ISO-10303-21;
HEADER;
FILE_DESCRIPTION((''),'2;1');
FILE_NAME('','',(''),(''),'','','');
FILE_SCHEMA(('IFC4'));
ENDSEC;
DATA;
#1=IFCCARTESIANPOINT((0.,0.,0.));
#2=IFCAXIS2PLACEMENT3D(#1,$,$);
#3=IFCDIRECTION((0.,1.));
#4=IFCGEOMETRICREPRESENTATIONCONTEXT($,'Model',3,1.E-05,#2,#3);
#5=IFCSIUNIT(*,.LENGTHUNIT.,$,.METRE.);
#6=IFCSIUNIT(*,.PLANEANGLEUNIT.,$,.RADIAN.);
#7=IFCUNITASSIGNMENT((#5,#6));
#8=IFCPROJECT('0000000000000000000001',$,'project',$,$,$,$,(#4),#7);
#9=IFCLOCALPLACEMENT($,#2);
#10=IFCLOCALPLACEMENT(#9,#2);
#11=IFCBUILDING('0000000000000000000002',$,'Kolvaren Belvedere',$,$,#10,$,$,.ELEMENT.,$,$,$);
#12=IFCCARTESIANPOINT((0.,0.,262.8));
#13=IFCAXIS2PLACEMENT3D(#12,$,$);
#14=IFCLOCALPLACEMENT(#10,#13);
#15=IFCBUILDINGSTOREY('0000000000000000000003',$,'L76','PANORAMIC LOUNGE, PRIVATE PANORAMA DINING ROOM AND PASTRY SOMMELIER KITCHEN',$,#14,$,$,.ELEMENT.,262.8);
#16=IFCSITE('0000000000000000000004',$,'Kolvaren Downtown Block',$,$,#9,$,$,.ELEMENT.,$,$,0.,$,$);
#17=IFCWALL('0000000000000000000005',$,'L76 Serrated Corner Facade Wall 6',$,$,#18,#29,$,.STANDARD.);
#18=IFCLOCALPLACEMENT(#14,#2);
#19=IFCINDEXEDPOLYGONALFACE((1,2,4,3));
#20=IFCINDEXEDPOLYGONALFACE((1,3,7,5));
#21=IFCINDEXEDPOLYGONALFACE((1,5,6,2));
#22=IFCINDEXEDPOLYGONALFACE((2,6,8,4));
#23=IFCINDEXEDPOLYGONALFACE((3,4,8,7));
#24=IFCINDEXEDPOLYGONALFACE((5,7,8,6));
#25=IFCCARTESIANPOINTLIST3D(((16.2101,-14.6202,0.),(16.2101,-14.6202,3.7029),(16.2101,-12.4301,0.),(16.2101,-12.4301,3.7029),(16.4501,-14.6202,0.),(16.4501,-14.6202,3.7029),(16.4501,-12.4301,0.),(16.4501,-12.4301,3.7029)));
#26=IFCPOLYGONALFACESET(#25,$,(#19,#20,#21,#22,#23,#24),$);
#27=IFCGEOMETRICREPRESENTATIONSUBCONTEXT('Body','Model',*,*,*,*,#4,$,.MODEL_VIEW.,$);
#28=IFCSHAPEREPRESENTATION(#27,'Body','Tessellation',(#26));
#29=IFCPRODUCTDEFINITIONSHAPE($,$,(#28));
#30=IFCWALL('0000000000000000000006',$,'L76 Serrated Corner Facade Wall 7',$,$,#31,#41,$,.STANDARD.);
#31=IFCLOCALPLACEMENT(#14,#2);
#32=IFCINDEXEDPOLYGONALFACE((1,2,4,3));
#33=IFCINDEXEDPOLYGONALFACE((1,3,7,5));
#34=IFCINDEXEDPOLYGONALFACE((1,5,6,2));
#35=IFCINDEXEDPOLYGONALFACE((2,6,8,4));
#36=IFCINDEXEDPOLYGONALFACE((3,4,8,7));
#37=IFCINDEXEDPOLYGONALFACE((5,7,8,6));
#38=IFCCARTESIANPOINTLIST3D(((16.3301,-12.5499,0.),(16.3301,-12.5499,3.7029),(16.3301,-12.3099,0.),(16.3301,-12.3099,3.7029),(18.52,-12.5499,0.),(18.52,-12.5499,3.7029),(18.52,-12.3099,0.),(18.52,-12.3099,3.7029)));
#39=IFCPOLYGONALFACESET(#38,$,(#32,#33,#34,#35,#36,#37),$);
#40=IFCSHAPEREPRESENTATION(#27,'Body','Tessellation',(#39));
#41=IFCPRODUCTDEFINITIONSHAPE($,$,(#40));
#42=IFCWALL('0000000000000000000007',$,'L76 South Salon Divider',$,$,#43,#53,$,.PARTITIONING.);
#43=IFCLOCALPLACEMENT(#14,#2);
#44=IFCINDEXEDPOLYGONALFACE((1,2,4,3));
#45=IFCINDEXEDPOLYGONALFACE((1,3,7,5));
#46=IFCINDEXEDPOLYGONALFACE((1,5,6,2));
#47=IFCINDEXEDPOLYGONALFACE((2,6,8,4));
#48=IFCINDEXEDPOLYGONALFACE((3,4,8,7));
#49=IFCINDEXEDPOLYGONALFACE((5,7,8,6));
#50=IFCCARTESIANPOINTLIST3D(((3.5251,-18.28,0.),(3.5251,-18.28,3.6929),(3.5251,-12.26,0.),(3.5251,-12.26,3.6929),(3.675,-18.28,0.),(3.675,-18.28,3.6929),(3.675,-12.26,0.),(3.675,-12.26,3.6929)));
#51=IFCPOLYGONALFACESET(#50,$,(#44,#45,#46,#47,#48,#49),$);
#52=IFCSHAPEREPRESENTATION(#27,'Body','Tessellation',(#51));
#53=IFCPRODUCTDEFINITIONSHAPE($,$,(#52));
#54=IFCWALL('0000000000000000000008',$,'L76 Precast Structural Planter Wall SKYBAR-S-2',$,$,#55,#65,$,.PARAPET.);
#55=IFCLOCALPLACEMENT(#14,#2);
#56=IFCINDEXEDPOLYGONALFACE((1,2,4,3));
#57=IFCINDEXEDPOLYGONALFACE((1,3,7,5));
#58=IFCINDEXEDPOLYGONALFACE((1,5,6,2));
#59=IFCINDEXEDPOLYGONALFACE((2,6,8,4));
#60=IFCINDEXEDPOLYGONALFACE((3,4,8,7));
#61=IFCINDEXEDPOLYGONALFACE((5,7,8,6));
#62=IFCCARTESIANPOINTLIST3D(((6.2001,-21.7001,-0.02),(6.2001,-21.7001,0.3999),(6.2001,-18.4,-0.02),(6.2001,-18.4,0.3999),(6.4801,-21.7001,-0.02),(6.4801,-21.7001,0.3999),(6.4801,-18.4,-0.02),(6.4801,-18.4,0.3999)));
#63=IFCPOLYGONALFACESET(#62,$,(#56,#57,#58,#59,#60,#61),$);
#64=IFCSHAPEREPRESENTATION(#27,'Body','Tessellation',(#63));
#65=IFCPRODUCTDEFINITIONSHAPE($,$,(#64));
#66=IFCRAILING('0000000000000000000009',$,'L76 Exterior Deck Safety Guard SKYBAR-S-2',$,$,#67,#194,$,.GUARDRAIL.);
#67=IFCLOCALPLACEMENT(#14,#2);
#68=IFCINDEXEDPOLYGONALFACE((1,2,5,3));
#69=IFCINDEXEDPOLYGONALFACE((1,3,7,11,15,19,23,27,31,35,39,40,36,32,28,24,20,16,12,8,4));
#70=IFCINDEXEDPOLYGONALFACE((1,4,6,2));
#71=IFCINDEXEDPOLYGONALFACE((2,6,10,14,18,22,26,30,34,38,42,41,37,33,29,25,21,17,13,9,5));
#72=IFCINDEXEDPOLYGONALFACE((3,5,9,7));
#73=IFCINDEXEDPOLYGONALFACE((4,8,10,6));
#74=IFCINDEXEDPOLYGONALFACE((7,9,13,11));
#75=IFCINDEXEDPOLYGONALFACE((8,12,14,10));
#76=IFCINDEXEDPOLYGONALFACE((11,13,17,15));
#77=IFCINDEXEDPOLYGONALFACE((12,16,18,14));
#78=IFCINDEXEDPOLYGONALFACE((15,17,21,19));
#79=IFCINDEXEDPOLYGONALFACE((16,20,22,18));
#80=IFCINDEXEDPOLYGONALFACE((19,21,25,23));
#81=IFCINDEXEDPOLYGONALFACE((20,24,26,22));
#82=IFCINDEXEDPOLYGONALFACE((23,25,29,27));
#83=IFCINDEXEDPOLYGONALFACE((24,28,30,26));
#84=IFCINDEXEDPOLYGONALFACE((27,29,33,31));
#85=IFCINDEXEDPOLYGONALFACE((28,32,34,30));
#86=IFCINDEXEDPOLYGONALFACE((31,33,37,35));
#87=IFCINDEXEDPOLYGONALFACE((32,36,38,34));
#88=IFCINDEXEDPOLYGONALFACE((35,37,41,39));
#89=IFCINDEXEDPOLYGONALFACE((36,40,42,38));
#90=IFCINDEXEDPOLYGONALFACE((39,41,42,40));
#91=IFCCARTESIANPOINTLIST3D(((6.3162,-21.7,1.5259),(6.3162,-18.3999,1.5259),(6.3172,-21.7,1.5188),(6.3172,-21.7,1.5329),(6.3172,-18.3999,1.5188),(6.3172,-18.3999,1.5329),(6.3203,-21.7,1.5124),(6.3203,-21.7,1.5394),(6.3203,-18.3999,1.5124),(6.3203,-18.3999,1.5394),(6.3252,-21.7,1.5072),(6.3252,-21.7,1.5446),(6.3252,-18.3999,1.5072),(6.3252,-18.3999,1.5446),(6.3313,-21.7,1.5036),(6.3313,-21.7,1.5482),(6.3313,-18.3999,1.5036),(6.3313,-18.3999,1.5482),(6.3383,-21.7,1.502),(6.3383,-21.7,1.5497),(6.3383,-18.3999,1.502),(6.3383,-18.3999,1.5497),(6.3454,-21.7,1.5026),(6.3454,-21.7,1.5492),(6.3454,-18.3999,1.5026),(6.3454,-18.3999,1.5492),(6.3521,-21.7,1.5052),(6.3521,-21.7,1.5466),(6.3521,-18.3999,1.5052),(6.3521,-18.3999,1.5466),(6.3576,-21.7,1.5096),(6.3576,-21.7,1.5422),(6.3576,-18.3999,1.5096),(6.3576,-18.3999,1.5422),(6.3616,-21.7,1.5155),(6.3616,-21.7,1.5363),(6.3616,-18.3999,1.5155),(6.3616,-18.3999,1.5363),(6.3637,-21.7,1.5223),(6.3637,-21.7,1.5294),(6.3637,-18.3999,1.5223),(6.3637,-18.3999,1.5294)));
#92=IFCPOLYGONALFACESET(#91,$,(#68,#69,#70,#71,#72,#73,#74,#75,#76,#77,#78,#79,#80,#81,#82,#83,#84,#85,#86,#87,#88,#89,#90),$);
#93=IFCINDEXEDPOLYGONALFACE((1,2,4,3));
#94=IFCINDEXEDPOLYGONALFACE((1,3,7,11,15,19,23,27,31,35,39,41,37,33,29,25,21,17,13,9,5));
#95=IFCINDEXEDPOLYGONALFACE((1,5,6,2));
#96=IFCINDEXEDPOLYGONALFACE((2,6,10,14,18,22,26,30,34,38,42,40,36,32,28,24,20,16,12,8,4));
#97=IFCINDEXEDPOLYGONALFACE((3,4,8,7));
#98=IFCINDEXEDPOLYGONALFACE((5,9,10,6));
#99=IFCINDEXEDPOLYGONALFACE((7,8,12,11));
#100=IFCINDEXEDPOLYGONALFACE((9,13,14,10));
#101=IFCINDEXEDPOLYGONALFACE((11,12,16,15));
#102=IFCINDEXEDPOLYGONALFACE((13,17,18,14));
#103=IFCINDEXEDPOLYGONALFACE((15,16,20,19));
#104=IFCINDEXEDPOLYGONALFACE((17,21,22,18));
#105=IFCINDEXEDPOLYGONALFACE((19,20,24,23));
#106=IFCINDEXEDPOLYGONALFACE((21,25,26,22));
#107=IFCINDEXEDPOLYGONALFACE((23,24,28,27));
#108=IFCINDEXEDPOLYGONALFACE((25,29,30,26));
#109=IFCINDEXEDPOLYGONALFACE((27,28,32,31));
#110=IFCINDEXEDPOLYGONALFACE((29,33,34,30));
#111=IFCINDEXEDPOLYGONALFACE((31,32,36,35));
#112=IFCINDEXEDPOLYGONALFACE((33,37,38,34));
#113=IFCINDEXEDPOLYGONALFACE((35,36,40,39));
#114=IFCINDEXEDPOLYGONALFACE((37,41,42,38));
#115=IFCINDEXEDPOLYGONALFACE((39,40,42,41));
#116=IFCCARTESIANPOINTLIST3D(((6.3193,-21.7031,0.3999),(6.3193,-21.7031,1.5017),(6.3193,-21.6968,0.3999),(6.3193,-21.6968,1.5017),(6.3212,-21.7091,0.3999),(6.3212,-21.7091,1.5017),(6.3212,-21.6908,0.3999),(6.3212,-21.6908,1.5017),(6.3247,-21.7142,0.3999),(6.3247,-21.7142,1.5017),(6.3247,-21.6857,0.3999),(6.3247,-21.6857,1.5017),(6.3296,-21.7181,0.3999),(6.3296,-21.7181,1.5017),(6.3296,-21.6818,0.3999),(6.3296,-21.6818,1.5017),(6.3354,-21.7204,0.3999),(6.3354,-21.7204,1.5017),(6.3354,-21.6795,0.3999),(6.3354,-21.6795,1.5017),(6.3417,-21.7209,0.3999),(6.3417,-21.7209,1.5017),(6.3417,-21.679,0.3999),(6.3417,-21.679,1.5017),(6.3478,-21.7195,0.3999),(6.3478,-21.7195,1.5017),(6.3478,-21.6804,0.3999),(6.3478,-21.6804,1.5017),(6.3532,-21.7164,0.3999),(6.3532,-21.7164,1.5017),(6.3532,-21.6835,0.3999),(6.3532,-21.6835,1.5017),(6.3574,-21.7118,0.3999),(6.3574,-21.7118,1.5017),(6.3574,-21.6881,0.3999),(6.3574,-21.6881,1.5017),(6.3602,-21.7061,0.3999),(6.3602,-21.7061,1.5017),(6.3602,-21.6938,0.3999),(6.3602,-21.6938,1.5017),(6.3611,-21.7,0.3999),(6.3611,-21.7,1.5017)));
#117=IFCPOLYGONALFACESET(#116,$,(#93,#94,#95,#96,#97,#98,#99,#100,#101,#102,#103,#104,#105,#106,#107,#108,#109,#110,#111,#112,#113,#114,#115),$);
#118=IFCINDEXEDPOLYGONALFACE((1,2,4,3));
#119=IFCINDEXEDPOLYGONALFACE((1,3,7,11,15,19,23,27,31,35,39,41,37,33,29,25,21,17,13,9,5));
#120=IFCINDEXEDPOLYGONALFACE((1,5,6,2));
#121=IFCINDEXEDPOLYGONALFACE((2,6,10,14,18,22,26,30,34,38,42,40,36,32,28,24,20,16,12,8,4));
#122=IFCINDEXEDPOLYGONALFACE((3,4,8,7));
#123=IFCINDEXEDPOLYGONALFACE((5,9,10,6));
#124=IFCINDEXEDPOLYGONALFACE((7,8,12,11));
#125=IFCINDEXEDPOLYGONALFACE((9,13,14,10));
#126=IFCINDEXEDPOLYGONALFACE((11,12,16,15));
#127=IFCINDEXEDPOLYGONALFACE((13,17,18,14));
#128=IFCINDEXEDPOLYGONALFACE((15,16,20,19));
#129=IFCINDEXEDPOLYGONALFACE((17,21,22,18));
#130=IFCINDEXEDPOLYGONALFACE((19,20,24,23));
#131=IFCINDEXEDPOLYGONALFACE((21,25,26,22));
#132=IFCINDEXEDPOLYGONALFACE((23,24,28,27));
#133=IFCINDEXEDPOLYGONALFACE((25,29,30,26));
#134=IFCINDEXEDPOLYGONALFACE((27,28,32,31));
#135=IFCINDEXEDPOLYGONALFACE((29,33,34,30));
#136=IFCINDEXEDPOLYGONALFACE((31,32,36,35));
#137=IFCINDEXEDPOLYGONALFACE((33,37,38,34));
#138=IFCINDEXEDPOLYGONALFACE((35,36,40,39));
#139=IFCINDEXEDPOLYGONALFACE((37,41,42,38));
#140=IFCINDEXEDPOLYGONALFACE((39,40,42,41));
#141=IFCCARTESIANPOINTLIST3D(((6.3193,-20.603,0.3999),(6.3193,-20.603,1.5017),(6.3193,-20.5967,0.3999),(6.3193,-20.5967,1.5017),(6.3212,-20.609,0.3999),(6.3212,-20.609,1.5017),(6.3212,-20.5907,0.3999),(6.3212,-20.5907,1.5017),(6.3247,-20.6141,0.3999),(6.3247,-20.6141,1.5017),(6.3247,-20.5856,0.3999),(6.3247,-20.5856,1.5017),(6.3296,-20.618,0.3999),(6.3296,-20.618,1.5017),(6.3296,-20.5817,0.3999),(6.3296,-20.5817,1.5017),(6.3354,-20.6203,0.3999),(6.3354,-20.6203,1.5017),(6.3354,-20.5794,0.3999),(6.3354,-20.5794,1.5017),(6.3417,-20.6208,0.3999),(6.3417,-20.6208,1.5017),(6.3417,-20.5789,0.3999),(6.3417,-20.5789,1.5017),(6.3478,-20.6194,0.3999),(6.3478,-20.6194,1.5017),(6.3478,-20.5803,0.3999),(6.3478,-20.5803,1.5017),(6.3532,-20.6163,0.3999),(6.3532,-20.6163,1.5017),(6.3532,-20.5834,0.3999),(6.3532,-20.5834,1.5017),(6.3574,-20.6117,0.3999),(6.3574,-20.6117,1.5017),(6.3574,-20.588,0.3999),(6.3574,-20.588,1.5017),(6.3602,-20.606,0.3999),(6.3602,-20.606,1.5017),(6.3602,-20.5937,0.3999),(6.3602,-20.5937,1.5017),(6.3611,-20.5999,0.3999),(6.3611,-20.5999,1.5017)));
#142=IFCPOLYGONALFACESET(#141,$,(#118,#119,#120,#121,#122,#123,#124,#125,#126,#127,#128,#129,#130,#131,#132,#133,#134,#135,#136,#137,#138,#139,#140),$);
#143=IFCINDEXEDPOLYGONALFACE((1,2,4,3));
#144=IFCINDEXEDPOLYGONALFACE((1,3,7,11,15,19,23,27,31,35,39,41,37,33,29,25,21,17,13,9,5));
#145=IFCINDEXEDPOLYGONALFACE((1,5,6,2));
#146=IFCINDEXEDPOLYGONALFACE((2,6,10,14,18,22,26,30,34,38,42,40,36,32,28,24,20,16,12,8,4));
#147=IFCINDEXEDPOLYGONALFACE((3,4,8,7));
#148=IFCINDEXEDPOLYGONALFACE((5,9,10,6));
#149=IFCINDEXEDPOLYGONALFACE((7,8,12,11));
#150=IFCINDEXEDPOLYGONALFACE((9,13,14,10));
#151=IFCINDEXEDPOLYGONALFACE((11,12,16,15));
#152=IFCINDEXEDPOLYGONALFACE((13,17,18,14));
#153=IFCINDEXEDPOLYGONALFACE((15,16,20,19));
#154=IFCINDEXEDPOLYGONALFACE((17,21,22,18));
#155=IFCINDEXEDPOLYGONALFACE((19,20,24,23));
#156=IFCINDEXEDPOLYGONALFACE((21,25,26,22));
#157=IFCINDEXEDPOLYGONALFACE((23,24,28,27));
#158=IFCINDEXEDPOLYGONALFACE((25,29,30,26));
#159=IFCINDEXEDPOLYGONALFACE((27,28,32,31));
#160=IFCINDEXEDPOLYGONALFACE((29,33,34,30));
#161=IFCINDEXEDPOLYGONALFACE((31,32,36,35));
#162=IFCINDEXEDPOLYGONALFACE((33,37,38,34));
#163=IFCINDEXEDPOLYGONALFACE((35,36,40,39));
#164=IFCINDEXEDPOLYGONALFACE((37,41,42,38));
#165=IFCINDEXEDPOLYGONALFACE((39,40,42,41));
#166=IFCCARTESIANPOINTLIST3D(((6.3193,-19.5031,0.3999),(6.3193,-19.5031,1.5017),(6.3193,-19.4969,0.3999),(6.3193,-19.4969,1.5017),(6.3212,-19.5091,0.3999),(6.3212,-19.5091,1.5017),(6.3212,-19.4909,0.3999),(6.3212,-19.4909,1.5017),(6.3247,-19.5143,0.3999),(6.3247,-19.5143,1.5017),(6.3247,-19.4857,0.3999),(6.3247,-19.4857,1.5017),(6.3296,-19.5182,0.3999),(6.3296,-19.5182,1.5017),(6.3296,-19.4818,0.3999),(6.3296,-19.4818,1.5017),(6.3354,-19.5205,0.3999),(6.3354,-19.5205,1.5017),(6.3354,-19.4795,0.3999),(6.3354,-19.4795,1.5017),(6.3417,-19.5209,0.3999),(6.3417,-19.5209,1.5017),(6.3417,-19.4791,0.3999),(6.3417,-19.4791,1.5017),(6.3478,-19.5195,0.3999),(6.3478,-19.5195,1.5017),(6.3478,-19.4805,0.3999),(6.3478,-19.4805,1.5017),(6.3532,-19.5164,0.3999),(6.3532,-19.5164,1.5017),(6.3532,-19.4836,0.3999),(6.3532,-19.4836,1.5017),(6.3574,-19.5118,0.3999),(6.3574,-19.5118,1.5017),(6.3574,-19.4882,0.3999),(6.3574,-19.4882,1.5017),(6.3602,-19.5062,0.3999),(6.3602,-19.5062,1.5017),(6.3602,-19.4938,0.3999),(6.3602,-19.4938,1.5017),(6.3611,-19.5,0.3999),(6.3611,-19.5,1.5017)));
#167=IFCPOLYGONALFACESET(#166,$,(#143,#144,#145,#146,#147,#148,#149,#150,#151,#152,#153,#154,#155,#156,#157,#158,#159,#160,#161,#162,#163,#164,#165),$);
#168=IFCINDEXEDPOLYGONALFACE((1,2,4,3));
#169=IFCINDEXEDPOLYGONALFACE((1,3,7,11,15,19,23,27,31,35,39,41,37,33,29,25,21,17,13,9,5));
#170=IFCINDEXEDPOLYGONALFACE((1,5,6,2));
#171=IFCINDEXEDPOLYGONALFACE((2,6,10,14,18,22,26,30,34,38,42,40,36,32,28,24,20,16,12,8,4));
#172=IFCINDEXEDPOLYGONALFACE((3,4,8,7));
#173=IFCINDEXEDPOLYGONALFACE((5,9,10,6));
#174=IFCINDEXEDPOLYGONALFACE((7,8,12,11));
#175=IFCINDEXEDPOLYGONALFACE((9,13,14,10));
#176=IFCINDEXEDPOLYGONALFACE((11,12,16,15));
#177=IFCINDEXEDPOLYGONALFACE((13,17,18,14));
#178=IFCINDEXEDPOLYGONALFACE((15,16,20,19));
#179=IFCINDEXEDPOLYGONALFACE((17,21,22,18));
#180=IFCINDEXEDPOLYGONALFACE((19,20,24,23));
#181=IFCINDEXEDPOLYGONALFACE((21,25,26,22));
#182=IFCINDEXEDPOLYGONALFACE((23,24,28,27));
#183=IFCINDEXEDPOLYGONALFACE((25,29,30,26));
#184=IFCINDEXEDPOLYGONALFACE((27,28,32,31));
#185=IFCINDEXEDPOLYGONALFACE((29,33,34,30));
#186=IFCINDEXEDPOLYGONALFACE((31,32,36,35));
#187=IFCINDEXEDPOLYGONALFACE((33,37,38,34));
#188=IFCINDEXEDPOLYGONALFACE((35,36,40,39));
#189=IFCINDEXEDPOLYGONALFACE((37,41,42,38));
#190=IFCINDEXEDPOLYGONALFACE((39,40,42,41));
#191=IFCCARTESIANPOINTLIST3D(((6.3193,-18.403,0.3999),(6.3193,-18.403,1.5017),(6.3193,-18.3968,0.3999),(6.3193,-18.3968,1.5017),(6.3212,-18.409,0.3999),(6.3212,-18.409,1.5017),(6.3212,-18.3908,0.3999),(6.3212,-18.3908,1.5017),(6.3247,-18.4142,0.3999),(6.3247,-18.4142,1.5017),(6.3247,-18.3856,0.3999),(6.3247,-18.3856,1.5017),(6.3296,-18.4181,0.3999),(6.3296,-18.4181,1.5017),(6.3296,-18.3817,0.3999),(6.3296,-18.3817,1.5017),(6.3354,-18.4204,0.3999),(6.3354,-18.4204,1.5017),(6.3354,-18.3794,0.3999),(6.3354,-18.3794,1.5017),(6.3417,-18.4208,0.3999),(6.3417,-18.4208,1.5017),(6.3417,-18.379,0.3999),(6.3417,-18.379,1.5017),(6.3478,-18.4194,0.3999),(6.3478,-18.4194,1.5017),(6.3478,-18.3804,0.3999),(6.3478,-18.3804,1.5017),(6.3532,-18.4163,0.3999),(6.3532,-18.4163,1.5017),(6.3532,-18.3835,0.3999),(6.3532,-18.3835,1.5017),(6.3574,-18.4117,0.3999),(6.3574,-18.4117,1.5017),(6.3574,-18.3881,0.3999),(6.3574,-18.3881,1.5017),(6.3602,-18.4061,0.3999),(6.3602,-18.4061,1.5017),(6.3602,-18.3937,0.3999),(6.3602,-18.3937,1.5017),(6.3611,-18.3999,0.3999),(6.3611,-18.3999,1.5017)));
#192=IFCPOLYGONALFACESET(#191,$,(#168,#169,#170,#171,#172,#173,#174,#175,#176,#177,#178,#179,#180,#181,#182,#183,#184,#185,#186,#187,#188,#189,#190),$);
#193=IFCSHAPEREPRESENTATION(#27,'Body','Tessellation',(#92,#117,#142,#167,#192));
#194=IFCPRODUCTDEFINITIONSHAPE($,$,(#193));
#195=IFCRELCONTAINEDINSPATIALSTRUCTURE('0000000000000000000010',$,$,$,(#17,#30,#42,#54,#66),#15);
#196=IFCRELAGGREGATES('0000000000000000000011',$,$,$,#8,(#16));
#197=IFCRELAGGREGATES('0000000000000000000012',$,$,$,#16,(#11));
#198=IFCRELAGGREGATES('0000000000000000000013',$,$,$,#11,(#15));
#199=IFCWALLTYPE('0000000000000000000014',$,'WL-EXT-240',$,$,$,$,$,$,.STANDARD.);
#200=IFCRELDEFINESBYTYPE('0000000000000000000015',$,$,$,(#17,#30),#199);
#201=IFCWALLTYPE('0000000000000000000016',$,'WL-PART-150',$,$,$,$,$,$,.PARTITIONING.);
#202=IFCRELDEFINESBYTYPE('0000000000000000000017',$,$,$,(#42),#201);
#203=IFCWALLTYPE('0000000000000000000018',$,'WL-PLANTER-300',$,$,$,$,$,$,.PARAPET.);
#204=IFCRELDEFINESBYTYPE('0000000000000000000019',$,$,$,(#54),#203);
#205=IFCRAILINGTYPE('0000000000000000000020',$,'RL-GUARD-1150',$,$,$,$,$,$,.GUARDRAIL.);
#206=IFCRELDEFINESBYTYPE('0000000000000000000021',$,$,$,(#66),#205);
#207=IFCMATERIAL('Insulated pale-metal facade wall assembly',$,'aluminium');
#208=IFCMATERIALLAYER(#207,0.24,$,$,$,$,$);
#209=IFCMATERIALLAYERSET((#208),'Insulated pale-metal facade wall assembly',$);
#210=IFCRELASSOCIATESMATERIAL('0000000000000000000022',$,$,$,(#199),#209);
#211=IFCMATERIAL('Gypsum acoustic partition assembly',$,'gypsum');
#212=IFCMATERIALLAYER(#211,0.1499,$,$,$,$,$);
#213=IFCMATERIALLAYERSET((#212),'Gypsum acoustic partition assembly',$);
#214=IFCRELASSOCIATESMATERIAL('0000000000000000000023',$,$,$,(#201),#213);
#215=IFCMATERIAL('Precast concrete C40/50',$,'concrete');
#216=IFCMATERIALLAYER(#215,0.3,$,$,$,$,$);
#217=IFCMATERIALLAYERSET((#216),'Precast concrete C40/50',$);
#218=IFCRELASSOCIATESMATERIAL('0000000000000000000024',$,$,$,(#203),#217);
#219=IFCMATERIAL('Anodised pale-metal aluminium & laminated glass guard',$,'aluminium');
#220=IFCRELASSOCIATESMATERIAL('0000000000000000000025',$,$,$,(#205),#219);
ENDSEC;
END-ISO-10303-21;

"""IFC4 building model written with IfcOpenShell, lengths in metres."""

from ifc_helpers import new_model, si_unit, direction, frame, frame_2d, origin, origin_2d, place, context, subcontext, project, spatial, rectangle, circle, extrude, material, layer, layer_set, type_object, element, save


model = new_model("IFC4")

# Units and contexts
model_context = context("Model", 3, precision=1e-05, world=origin(), true_north=direction((0.0, 1.0)))
body_context = subcontext(model_context, "Body", "Model", "MODEL_VIEW")
ifc_project = project(units=[si_unit("LENGTHUNIT", "METRE"), si_unit("PLANEANGLEUNIT", "RADIAN")], contexts=[model_context])

# Site, building, storey
site_placement = place(None, origin())
site = spatial("IfcSite", under=ifc_project, at=site_placement, Name="Kolvaren Downtown Block", CompositionType="ELEMENT", RefElevation=0.0)
building_placement = place(site_placement, origin())
building = spatial("IfcBuilding", under=site, at=building_placement, Name="Kolvaren Belvedere", CompositionType="ELEMENT")
storey_placement = place(building_placement, frame((0.0, 0.0, 262.8)))
storey = spatial("IfcBuildingStorey", under=building, at=storey_placement, Name="L76", Description="PANORAMIC LOUNGE, PRIVATE PANORAMA DINING ROOM AND PASTRY SOMMELIER KITCHEN", CompositionType="ELEMENT", Elevation=262.8)

# Shared definitions
ifc_material_1 = material(Name="Insulated pale-metal facade wall assembly", Category="aluminium")
ifc_layer_1 = layer(ifc_material_1, 0.24)
ifc_layer_set_1 = layer_set([ifc_layer_1], Name="Insulated pale-metal facade wall assembly")
wall_type_1 = type_object("IfcWallType", Name="WL-EXT-240", PredefinedType="STANDARD", material=ifc_layer_set_1)

# Walls
for number, where, z_axis, x_axis, name in (
    (1, (16.3301, -12.4299, 0.0), (0.0, 0.0, 1.0), (0.0, -1.0, 0.0), "L76 Serrated Corner Facade Wall 6"),
):
    element("IfcWall", number, at=place(storey_placement, frame(where, z_axis=z_axis, x_axis=x_axis)), inside=storey, type_object=wall_type_1, Name=name, PredefinedType="STANDARD", context=body_context, shape_type="SweptSolid", body=[
        extrude(rectangle(XDim=2.1902, YDim=0.24, at=frame_2d((1.0952, 0.0))), origin(), (0.0, 0.0, 1.0), 3.7029),
    ])
wall_1_placement = place(storey_placement, frame((18.52, -12.4299, 0.0), z_axis=(0.0, 0.0, 1.0), x_axis=(-1.0, 0.0, 0.0)))
element("IfcWall", 2, at=wall_1_placement, inside=storey, type_object=wall_type_1, Name="L76 Serrated Corner Facade Wall 7", PredefinedType="STANDARD", context=body_context, shape_type="SweptSolid", body=[
    extrude(rectangle(XDim=2.1899, YDim=0.24, at=frame_2d((1.095, 0.0))), origin(), (0.0, 0.0, 1.0), 3.7029),
])
ifc_material_2 = material(Name="Gypsum acoustic partition assembly", Category="gypsum")
ifc_layer_2 = layer(ifc_material_2, 0.1499)
ifc_layer_set_2 = layer_set([ifc_layer_2], Name="Gypsum acoustic partition assembly")
wall_type_2 = type_object("IfcWallType", Name="WL-PART-150", PredefinedType="PARTITIONING", material=ifc_layer_set_2)
wall_2_placement = place(storey_placement, frame((3.6001, -18.28, 0.0), z_axis=(0.0, 0.0, 1.0), x_axis=(0.0, 1.0, 0.0)))
element("IfcWall", 3, at=wall_2_placement, inside=storey, type_object=wall_type_2, Name="L76 South Salon Divider", PredefinedType="PARTITIONING", context=body_context, shape_type="SweptSolid", body=[
    extrude(rectangle(XDim=6.02, YDim=0.1499, at=frame_2d((3.01, 0.0))), origin(), (0.0, 0.0, 1.0), 3.6929),
])
ifc_material_3 = material(Name="Precast concrete C40/50", Category="concrete")
ifc_layer_3 = layer(ifc_material_3, 0.3)
ifc_layer_set_3 = layer_set([ifc_layer_3], Name="Precast concrete C40/50")
wall_type_3 = type_object("IfcWallType", Name="WL-PLANTER-300", PredefinedType="PARAPET", material=ifc_layer_set_3)
wall_3_placement = place(storey_placement, frame((6.3401, -21.7, -0.02), z_axis=(0.0, 0.0, 1.0), x_axis=(0.0, 1.0, 0.0)))
element("IfcWall", 4, at=wall_3_placement, inside=storey, type_object=wall_type_3, Name="L76 Precast Structural Planter Wall SKYBAR-S-2", PredefinedType="PARAPET", context=body_context, shape_type="SweptSolid", body=[
    extrude(rectangle(XDim=3.3, YDim=0.28, at=frame_2d((1.6499, 0.0))), origin(), (0.0, 0.0, 1.0), 0.4199),
])

# Railing
ifc_material_4 = material(Name="Anodised pale-metal aluminium & laminated glass guard", Category="aluminium")
railing_type = type_object("IfcRailingType", Name="RL-GUARD-1150", PredefinedType="GUARDRAIL", material=ifc_material_4)
railing_placement = place(storey_placement, frame((6.3401, -21.7, 0.3999)))
element("IfcRailing", 5, at=railing_placement, inside=storey, type_object=railing_type, Name="L76 Exterior Deck Safety Guard SKYBAR-S-2", PredefinedType="GUARDRAIL", context=body_context, shape_type="SweptSolid", body=[
    extrude(circle(Radius=0.0239, at=origin_2d()), frame((0.0, 0.0, 1.126), z_axis=(0.0, 1.0, 0.0), x_axis=(-1.0, 0.0, 0.0)), (0.0, 0.0, 1.0), 3.3),
    extrude(circle(Radius=0.021, at=origin_2d()), origin(), (0.0, 0.0, 1.0), 1.1018),
    extrude(circle(Radius=0.021, at=origin_2d()), frame((0.0, 1.1001, 0.0)), (0.0, 0.0, 1.0), 1.1018),
    extrude(circle(Radius=0.021, at=origin_2d()), frame((0.0, 2.2, 0.0)), (0.0, 0.0, 1.0), 1.1018),
    extrude(circle(Radius=0.021, at=origin_2d()), frame((0.0, 3.3, 0.0)), (0.0, 0.0, 1.0), 1.1018),
])

save(model, "model.ifc")
